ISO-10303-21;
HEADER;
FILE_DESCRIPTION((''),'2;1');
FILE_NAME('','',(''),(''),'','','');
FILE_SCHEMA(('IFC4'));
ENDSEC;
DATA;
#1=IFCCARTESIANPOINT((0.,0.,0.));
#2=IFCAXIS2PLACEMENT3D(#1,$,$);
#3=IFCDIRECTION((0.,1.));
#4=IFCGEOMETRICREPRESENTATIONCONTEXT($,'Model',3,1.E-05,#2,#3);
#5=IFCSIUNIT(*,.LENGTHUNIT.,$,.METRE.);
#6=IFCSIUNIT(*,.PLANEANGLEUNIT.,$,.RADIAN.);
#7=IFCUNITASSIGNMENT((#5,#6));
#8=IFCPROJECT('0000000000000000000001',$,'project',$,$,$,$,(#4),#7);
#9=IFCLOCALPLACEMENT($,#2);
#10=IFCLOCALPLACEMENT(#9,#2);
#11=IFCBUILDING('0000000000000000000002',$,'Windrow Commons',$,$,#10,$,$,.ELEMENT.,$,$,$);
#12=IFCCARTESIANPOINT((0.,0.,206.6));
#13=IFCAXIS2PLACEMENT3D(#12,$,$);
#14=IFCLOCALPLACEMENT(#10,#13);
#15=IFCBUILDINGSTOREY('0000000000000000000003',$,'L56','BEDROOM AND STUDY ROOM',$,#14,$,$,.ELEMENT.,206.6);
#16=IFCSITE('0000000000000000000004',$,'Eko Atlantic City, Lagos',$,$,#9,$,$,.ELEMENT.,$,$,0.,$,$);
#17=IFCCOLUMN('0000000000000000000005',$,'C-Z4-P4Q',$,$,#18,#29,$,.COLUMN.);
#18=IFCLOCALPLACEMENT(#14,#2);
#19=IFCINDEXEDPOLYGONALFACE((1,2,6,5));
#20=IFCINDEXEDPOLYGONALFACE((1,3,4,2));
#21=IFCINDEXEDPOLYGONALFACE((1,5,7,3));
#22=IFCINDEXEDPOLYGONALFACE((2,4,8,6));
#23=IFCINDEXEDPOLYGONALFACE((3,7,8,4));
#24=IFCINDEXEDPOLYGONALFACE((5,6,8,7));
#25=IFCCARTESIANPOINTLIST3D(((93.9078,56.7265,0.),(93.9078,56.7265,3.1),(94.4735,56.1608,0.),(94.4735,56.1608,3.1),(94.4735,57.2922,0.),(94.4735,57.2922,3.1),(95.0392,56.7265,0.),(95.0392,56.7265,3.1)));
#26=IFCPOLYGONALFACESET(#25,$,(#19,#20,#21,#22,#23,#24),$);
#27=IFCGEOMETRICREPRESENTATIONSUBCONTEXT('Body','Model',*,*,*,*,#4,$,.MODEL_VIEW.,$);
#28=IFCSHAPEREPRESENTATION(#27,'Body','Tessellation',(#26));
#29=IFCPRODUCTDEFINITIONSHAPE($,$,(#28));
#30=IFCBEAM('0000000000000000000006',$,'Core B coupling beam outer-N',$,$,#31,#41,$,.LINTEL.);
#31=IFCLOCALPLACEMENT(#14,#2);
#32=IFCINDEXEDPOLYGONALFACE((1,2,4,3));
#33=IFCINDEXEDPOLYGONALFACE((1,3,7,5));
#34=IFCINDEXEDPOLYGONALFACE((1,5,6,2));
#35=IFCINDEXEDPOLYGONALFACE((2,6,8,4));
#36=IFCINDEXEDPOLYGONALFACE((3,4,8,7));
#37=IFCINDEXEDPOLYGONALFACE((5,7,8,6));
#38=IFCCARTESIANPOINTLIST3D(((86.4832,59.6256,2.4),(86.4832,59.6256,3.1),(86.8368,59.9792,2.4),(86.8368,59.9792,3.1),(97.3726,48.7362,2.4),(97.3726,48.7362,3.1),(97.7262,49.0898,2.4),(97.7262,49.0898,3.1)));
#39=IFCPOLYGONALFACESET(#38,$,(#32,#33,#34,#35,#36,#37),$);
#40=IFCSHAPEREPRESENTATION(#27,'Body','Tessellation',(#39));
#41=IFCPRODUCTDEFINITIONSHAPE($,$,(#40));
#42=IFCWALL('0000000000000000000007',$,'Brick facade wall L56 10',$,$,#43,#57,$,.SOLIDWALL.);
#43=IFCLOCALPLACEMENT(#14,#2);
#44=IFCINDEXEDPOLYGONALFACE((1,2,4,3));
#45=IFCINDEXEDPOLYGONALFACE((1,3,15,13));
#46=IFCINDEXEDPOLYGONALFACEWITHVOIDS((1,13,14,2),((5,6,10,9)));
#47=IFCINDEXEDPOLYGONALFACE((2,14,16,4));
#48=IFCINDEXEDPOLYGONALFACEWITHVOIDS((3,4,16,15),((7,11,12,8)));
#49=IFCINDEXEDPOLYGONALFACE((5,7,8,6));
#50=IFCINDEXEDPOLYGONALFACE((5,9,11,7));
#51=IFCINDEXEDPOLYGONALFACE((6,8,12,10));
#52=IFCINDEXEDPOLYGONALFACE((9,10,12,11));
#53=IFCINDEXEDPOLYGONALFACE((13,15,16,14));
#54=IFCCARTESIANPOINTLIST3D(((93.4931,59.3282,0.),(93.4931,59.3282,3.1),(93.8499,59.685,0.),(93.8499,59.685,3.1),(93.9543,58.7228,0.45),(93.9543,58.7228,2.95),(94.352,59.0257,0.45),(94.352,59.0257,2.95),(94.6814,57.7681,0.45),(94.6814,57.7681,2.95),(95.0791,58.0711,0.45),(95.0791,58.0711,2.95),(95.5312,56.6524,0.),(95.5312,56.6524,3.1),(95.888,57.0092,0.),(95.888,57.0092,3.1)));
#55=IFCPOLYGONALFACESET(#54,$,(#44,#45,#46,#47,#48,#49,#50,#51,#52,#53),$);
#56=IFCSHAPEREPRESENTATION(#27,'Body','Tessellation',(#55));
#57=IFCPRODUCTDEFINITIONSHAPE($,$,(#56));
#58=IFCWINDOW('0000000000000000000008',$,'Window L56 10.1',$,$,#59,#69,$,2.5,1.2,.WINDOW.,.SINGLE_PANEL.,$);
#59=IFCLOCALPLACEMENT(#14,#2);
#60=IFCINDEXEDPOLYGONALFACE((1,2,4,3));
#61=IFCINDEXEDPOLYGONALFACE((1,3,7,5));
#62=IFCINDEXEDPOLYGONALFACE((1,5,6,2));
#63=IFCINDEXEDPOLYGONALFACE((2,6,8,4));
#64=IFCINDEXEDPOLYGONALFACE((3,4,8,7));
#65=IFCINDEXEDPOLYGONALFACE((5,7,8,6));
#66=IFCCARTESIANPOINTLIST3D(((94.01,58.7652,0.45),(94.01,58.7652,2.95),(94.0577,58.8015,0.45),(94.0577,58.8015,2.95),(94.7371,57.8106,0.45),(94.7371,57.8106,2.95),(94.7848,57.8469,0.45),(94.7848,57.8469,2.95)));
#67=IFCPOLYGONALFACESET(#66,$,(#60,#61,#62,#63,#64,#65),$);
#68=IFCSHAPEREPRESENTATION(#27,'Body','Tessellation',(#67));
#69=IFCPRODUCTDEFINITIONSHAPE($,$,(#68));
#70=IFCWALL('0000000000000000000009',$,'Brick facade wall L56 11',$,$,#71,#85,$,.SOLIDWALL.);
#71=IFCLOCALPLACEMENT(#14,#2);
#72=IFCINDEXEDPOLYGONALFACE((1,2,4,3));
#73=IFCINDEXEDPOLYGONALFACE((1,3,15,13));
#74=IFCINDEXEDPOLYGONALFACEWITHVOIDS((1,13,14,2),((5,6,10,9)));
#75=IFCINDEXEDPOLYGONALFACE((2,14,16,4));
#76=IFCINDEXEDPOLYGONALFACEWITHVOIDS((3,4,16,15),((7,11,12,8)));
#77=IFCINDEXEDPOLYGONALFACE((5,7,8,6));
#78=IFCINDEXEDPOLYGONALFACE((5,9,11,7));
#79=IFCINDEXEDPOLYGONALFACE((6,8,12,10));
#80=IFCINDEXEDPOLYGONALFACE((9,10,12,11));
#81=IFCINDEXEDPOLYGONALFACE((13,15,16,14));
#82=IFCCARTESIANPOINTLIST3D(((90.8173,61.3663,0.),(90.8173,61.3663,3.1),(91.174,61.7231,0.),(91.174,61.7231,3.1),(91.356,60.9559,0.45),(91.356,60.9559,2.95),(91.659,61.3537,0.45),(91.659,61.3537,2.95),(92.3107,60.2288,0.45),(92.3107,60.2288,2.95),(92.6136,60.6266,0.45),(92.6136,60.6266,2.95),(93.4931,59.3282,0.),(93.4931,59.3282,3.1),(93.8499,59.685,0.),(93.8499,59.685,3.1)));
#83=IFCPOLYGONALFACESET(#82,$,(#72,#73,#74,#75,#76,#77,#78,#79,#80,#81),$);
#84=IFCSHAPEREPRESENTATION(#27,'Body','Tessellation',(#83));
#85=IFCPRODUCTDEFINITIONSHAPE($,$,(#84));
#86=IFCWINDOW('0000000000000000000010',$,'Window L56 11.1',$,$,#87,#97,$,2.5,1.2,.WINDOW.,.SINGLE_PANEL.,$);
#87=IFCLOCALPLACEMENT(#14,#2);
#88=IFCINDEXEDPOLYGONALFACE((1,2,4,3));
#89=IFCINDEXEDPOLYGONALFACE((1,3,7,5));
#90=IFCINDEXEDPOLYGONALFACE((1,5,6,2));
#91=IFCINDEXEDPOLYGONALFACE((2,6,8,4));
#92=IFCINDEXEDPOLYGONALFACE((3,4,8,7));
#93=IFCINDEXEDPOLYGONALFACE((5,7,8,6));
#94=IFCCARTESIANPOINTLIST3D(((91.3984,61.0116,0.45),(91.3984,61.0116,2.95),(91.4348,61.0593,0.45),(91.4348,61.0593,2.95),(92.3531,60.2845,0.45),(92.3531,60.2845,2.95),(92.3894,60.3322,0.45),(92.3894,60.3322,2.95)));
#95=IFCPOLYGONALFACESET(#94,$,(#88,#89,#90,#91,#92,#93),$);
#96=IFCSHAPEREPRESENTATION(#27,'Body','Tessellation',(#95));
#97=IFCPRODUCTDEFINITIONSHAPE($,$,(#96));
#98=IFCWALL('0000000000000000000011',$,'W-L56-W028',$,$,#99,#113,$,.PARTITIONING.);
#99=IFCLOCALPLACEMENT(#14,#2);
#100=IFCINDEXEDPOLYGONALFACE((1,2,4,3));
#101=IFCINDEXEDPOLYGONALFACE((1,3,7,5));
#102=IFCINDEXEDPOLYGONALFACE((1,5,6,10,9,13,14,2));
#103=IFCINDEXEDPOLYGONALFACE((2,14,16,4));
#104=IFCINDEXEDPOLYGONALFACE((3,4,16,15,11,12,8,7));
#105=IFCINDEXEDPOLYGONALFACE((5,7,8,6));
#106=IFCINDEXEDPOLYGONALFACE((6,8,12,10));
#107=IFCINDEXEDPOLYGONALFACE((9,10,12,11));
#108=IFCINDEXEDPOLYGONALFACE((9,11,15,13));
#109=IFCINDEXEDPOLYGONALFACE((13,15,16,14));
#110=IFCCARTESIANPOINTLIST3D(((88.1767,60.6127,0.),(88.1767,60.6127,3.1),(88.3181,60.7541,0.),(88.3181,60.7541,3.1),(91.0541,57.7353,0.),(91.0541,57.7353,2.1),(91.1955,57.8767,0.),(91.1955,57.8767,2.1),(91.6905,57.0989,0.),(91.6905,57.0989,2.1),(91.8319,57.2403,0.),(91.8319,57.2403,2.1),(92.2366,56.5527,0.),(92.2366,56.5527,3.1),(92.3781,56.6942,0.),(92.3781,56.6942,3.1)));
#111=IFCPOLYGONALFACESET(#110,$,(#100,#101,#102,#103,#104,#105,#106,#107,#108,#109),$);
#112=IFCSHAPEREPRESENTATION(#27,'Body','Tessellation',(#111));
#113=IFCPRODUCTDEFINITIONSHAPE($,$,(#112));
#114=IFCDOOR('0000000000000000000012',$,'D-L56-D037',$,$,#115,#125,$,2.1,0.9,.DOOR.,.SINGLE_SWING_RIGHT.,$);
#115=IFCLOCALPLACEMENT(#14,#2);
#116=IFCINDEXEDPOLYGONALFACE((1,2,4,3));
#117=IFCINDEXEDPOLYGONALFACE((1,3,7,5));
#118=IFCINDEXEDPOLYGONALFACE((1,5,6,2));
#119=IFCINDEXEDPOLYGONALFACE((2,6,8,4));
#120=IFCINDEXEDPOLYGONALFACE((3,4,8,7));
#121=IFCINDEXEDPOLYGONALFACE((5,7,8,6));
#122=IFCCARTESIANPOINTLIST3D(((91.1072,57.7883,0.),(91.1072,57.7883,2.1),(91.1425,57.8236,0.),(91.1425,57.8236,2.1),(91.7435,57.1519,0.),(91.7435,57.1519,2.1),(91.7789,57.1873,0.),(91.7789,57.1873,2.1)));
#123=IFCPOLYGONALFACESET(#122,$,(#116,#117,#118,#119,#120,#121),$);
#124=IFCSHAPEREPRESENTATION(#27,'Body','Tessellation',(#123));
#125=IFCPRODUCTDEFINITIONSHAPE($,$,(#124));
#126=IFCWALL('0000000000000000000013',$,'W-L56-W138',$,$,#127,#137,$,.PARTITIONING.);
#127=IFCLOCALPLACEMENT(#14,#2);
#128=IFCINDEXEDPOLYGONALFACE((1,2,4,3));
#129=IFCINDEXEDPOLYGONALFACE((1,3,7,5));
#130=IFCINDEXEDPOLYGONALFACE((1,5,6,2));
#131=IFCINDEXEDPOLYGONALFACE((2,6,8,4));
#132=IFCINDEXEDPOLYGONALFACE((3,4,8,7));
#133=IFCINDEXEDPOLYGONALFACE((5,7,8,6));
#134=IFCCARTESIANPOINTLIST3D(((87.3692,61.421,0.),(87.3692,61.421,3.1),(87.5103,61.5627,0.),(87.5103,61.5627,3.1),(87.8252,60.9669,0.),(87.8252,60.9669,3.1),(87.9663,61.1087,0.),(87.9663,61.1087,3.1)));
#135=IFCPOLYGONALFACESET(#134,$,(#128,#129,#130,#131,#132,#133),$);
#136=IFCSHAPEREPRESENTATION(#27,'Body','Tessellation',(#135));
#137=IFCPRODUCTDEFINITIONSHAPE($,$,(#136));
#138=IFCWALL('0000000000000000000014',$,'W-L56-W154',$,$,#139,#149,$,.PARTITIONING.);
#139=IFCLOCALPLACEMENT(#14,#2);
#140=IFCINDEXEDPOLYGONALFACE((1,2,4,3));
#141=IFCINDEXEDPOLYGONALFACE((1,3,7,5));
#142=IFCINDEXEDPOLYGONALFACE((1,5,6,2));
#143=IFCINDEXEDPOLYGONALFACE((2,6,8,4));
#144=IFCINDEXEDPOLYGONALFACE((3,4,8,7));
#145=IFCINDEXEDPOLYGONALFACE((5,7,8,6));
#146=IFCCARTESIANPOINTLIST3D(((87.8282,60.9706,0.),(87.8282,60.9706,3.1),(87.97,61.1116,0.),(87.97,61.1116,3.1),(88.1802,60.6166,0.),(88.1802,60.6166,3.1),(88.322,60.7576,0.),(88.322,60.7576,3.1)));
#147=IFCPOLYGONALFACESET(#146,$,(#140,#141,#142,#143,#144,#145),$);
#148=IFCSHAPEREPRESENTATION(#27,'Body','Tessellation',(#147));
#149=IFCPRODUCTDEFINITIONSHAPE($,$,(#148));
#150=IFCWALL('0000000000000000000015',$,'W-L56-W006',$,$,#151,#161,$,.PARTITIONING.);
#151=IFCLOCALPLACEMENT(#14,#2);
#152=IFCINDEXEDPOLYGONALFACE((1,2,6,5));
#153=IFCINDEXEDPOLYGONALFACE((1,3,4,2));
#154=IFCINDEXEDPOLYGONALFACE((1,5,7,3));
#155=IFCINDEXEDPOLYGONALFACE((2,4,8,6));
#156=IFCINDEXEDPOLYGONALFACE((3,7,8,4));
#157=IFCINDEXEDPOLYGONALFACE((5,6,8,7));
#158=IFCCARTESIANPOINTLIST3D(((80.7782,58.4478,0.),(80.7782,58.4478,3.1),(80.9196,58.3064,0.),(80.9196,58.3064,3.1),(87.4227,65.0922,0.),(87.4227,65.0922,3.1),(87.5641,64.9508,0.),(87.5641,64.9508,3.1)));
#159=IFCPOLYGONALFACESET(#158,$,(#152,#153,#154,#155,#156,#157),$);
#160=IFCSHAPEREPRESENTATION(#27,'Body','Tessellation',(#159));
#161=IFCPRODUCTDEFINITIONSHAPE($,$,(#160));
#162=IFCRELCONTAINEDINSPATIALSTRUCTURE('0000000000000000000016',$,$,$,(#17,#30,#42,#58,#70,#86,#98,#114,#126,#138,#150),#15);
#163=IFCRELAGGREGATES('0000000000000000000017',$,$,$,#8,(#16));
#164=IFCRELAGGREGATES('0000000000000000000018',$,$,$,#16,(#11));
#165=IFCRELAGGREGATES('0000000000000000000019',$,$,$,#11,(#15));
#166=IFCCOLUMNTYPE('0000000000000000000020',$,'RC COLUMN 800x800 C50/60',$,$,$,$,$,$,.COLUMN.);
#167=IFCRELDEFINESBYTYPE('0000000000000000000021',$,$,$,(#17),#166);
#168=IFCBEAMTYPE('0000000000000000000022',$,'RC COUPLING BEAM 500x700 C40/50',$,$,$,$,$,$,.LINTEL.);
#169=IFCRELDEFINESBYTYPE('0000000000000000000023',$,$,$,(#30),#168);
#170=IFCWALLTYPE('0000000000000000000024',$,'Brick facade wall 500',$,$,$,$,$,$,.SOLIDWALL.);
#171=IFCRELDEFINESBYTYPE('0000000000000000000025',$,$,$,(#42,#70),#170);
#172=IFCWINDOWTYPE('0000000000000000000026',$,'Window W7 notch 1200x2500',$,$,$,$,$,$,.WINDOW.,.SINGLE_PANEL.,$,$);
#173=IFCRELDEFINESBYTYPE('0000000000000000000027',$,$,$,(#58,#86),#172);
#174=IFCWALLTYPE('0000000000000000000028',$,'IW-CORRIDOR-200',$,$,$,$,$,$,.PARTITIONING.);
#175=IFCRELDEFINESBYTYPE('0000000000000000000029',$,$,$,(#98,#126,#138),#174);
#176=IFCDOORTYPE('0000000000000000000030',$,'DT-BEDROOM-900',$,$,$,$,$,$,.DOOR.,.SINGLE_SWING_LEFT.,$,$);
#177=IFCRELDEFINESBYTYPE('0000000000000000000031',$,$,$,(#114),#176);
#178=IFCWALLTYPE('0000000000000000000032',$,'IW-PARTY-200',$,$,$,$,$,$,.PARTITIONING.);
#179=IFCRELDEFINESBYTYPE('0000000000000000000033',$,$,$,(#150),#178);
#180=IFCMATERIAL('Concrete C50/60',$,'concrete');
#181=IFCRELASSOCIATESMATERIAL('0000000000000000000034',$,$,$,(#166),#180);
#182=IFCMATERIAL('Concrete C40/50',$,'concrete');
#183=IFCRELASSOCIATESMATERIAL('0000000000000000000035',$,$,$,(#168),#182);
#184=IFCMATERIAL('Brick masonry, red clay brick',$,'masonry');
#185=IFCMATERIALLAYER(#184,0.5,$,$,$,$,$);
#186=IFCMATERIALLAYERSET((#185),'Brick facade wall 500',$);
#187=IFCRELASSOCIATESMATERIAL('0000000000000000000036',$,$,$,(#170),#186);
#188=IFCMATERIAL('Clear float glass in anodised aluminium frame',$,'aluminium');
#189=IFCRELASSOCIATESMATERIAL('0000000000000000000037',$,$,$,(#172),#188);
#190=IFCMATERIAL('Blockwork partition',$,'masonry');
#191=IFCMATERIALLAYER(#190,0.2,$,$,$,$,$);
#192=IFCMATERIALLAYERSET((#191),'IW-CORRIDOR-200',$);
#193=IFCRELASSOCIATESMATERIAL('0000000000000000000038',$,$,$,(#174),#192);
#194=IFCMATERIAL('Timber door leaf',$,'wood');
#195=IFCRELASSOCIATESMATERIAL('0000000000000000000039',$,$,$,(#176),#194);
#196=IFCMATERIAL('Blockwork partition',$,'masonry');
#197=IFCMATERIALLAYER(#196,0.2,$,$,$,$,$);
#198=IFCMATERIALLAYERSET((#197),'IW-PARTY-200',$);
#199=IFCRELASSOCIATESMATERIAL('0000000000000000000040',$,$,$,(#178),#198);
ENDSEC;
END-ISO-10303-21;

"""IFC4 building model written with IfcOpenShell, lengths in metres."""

from ifc_helpers import new_model, si_unit, direction, frame, frame_2d, origin, origin_2d, place, context, subcontext, project, spatial, polyline, rectangle, outline, extrude, material, layer, layer_set, material_profile, profile_set, type_object, element, fill, save


model = new_model("IFC4")

# Units and contexts
model_context = context("Model", 3, precision=1e-05, world=origin(), true_north=direction((0.0, 1.0)))
body_context = subcontext(model_context, "Body", "Model", "MODEL_VIEW")
ifc_project = project(units=[si_unit("LENGTHUNIT", "METRE"), si_unit("PLANEANGLEUNIT", "RADIAN")], contexts=[model_context])

# Site, building, storey
site_placement = place(None, origin())
site = spatial("IfcSite", under=ifc_project, at=site_placement, Name="Eko Atlantic City, Lagos", CompositionType="ELEMENT", RefElevation=0.0)
building_placement = place(site_placement, origin())
building = spatial("IfcBuilding", under=site, at=building_placement, Name="Windrow Commons", CompositionType="ELEMENT")
storey_placement = place(building_placement, frame((0.0, 0.0, 206.6)))
storey = spatial("IfcBuildingStorey", under=building, at=storey_placement, Name="L56", Description="BEDROOM AND STUDY ROOM", CompositionType="ELEMENT", Elevation=206.6)

# Column
ifc_material_1 = material(Name="Concrete C50/60", Category="concrete")
ifc_material_profile_1 = material_profile(ifc_material_1, rectangle(XDim=0.8, YDim=0.8, at=origin_2d()))
ifc_profile_set_1 = profile_set([ifc_material_profile_1], Name="Concrete C50/60")
column_type = type_object("IfcColumnType", Name="RC COLUMN 800x800 C50/60", PredefinedType="COLUMN", material=ifc_profile_set_1)
column_placement = place(storey_placement, frame((94.4735, 56.7265, 0.0), z_axis=(0.0, 0.0, 1.0), x_axis=(0.707107, -0.707107, 0.0)))
element("IfcColumn", 1, at=column_placement, inside=storey, type_object=column_type, Name="C-Z4-P4Q", PredefinedType="COLUMN", context=body_context, shape_type="SweptSolid", body=[
    extrude(rectangle(XDim=0.8, YDim=0.8, at=origin_2d()), origin(), (0.0, 0.0, 1.0), 3.1),
])

# Beam
ifc_material_2 = material(Name="Concrete C40/50", Category="concrete")
ifc_material_profile_2 = material_profile(ifc_material_2, rectangle(XDim=0.5, YDim=0.7, at=origin_2d()))
ifc_profile_set_2 = profile_set([ifc_material_profile_2], Name="Concrete C40/50")
beam_type = type_object("IfcBeamType", Name="RC COUPLING BEAM 500x700 C40/50", PredefinedType="LINTEL", material=ifc_profile_set_2)
beam_placement = place(storey_placement, frame((86.66, 59.8024, 2.75), z_axis=(0.707107, -0.707107, 0.0), x_axis=(0.707107, 0.707107, 0.0)))
element("IfcBeam", 2, at=beam_placement, inside=storey, type_object=beam_type, Name="Core B coupling beam outer-N", PredefinedType="LINTEL", context=body_context, shape_type="SweptSolid", body=[
    extrude(rectangle(XDim=0.5, YDim=0.7, at=origin_2d()), origin(), (0.0, 0.0, 1.0), 15.3999),
])

# Walls, openings, windows
ifc_material_3 = material(Name="Brick masonry, red clay brick", Category="masonry")
ifc_layer_1 = layer(ifc_material_3, 0.5)
ifc_layer_set_1 = layer_set([ifc_layer_1], Name="Brick facade wall 500")
wall_type_1 = type_object("IfcWallType", Name="Brick facade wall 500", PredefinedType="SOLIDWALL", material=ifc_layer_set_1)
wall_1_placement = place(storey_placement, frame((95.7096, 56.8308, 0.0), z_axis=(0.0, 0.0, 1.0), x_axis=(-0.605929, 0.795518, 0.0)))
wall_1 = element("IfcWall", 3, at=wall_1_placement, inside=storey, type_object=wall_type_1, Name="Brick facade wall L56 10", PredefinedType="SOLIDWALL", context=body_context, shape_type="SweptSolid", body=[
    extrude(outline(polyline([(0.0338, -0.25), (3.3974, -0.25), (3.3298, 0.25), (-0.0338, 0.25), (0.0338, -0.25)])), origin(), (0.0, 0.0, 1.0), 3.1),
])
opening_1_placement = place(wall_1_placement, frame((1.3687, 0.0, 0.45)))
opening_1 = element("IfcOpeningElement", 4, at=opening_1_placement, cuts=wall_1, PredefinedType="OPENING", context=body_context, shape_type="SweptSolid", body=[
    extrude(rectangle(XDim=1.2, YDim=2.5, at=frame_2d((0.6, 1.25))), frame((0.0, 0.26, 0.0), z_axis=(0.0, -1.0, 0.0), x_axis=(1.0, 0.0, 0.0)), (0.0, 0.0, 1.0), 0.52),
])
ifc_material_4 = material(Name="Clear float glass in anodised aluminium frame", Category="aluminium")
window_type = type_object("IfcWindowType", Name="Window W7 notch 1200x2500", PartitioningType="SINGLE_PANEL", PredefinedType="WINDOW", material=ifc_material_4)
window_1_placement = place(opening_1_placement, origin())
window_1 = element("IfcWindow", 5, at=window_1_placement, inside=storey, type_object=window_type, Name="Window L56 10.1", OverallHeight=2.5, OverallWidth=1.2, PartitioningType="SINGLE_PANEL", PredefinedType="WINDOW", context=body_context, shape_type="SweptSolid", body=[
    extrude(rectangle(XDim=1.2, YDim=2.5, at=frame_2d((0.6, 1.25))), frame((0.0, 0.18, 0.0), z_axis=(0.0, -1.0, 0.0), x_axis=(1.0, 0.0, 0.0)), (0.0, 0.0, 1.0), 0.06),
])
fill(opening_1, window_1)
wall_2_placement = place(storey_placement, frame((93.6715, 59.5066, 0.0), z_axis=(0.0, 0.0, 1.0), x_axis=(-0.795529, 0.605915, 0.0)))
wall_2 = element("IfcWall", 6, at=wall_2_placement, inside=storey, type_object=wall_type_1, Name="Brick facade wall L56 11", PredefinedType="SOLIDWALL", context=body_context, shape_type="SweptSolid", body=[
    extrude(outline(polyline([(-0.0338, -0.25), (3.3298, -0.25), (3.3974, 0.25), (0.0338, 0.25), (-0.0338, -0.25)])), origin(), (0.0, 0.0, 1.0), 3.1),
])
opening_2_placement = place(wall_2_placement, frame((1.5202, 0.0, 0.45)))
opening_2 = element("IfcOpeningElement", 7, at=opening_2_placement, cuts=wall_2, PredefinedType="OPENING", context=body_context, shape_type="SweptSolid", body=[
    extrude(rectangle(XDim=1.2, YDim=2.5, at=frame_2d((0.6, 1.25))), frame((0.0, 0.26, 0.0), z_axis=(0.0, -1.0, 0.0), x_axis=(1.0, 0.0, 0.0)), (0.0, 0.0, 1.0), 0.52),
])
window_2_placement = place(opening_2_placement, origin())
window_2 = element("IfcWindow", 8, at=window_2_placement, inside=storey, type_object=window_type, Name="Window L56 11.1", OverallHeight=2.5, OverallWidth=1.2, PartitioningType="SINGLE_PANEL", PredefinedType="WINDOW", context=body_context, shape_type="SweptSolid", body=[
    extrude(rectangle(XDim=1.2, YDim=2.5, at=frame_2d((0.6, 1.25))), frame((0.0, 0.18, 0.0), z_axis=(0.0, -1.0, 0.0), x_axis=(1.0, 0.0, 0.0)), (0.0, 0.0, 1.0), 0.06),
])
fill(opening_2, window_2)

# Wall, opening, door
ifc_material_5 = material(Name="Blockwork partition", Category="masonry")
ifc_layer_2 = layer(ifc_material_5, 0.2)
ifc_layer_set_2 = layer_set([ifc_layer_2], Name="IW-CORRIDOR-200")
wall_type_2 = type_object("IfcWallType", Name="IW-CORRIDOR-200", PredefinedType="PARTITIONING", material=ifc_layer_set_2)
wall_3_placement = place(storey_placement, frame((88.2474, 60.6834, 0.0), z_axis=(0.0, 0.0, 1.0), x_axis=(0.707107, -0.707107, 0.0)))
wall_3 = element("IfcWall", 9, at=wall_3_placement, inside=storey, type_object=wall_type_2, Name="W-L56-W028", PredefinedType="PARTITIONING", context=body_context, shape_type="SweptSolid", body=[
    extrude(rectangle(XDim=5.7417, YDim=0.2, at=frame_2d((2.8708, 0.0))), origin(), (0.0, 0.0, 1.0), 3.1),
])
opening_3_placement = place(wall_3_placement, frame((4.0693, 0.0, 0.0)))
opening_3 = element("IfcOpeningElement", 10, at=opening_3_placement, cuts=wall_3, PredefinedType="OPENING", context=body_context, shape_type="SweptSolid", body=[
    extrude(rectangle(XDim=0.9, YDim=2.1, at=frame_2d((0.45, 1.05))), frame((0.0, 0.11, 0.0), z_axis=(0.0, -1.0, 0.0), x_axis=(1.0, 0.0, 0.0)), (0.0, 0.0, 1.0), 0.22),
])
ifc_material_6 = material(Name="Timber door leaf", Category="wood")
door_type_1 = type_object("IfcDoorType", Name="DT-BEDROOM-900", OperationType="SINGLE_SWING_LEFT", PredefinedType="DOOR", material=ifc_material_6)
door_1_placement = place(opening_3_placement, origin())
door_1 = element("IfcDoor", 11, at=door_1_placement, inside=storey, type_object=door_type_1, Name="D-L56-D037", OperationType="SINGLE_SWING_RIGHT", OverallHeight=2.1, OverallWidth=0.9, PredefinedType="DOOR", context=body_context, shape_type="SweptSolid", body=[
    extrude(rectangle(XDim=0.9, YDim=2.1, at=frame_2d((0.45, 1.05))), frame((0.0, 0.025, 0.0), z_axis=(0.0, -1.0, 0.0), x_axis=(1.0, 0.0, 0.0)), (0.0, 0.0, 1.0), 0.05),
])
fill(opening_3, door_1)

# Walls
wall_4_placement = place(storey_placement, frame((87.4398, 61.4918, 0.0), z_axis=(0.0, 0.0, 1.0), x_axis=(0.708659, -0.705551, 0.0)))
element("IfcWall", 12, at=wall_4_placement, inside=storey, type_object=wall_type_2, Name="W-L56-W138", PredefinedType="PARTITIONING", context=body_context, shape_type="SweptSolid", body=[
    extrude(rectangle(XDim=0.6435, YDim=0.2, at=frame_2d((0.3217, 0.0))), origin(), (0.0, 0.0, 1.0), 3.1),
])
wall_5_placement = place(storey_placement, frame((87.8991, 61.0411, 0.0), z_axis=(0.0, 0.0, 1.0), x_axis=(0.705101, -0.709107, 0.0)))
element("IfcWall", 13, at=wall_5_placement, inside=storey, type_object=wall_type_2, Name="W-L56-W154", PredefinedType="PARTITIONING", context=body_context, shape_type="SweptSolid", body=[
    extrude(rectangle(XDim=0.4992, YDim=0.2, at=frame_2d((0.2496, 0.0))), origin(), (0.0, 0.0, 1.0), 3.1),
])
ifc_material_7 = material(Name="Blockwork partition", Category="masonry")
ifc_layer_3 = layer(ifc_material_7, 0.2)
ifc_layer_set_3 = layer_set([ifc_layer_3], Name="IW-PARTY-200")
wall_type_3 = type_object("IfcWallType", Name="IW-PARTY-200", PredefinedType="PARTITIONING", material=ifc_layer_set_3)
wall_6_placement = place(storey_placement, frame((80.8489, 58.3771, 0.0), z_axis=(0.0, 0.0, 1.0), x_axis=(0.707112, 0.707101, 0.0)))
element("IfcWall", 14, at=wall_6_placement, inside=storey, type_object=wall_type_3, Name="W-L56-W006", PredefinedType="PARTITIONING", context=body_context, shape_type="SweptSolid", body=[
    extrude(rectangle(XDim=9.3967, YDim=0.2, at=frame_2d((4.6983, 0.0))), origin(), (0.0, 0.0, 1.0), 3.1),
])

save(model, "model.ifc")
